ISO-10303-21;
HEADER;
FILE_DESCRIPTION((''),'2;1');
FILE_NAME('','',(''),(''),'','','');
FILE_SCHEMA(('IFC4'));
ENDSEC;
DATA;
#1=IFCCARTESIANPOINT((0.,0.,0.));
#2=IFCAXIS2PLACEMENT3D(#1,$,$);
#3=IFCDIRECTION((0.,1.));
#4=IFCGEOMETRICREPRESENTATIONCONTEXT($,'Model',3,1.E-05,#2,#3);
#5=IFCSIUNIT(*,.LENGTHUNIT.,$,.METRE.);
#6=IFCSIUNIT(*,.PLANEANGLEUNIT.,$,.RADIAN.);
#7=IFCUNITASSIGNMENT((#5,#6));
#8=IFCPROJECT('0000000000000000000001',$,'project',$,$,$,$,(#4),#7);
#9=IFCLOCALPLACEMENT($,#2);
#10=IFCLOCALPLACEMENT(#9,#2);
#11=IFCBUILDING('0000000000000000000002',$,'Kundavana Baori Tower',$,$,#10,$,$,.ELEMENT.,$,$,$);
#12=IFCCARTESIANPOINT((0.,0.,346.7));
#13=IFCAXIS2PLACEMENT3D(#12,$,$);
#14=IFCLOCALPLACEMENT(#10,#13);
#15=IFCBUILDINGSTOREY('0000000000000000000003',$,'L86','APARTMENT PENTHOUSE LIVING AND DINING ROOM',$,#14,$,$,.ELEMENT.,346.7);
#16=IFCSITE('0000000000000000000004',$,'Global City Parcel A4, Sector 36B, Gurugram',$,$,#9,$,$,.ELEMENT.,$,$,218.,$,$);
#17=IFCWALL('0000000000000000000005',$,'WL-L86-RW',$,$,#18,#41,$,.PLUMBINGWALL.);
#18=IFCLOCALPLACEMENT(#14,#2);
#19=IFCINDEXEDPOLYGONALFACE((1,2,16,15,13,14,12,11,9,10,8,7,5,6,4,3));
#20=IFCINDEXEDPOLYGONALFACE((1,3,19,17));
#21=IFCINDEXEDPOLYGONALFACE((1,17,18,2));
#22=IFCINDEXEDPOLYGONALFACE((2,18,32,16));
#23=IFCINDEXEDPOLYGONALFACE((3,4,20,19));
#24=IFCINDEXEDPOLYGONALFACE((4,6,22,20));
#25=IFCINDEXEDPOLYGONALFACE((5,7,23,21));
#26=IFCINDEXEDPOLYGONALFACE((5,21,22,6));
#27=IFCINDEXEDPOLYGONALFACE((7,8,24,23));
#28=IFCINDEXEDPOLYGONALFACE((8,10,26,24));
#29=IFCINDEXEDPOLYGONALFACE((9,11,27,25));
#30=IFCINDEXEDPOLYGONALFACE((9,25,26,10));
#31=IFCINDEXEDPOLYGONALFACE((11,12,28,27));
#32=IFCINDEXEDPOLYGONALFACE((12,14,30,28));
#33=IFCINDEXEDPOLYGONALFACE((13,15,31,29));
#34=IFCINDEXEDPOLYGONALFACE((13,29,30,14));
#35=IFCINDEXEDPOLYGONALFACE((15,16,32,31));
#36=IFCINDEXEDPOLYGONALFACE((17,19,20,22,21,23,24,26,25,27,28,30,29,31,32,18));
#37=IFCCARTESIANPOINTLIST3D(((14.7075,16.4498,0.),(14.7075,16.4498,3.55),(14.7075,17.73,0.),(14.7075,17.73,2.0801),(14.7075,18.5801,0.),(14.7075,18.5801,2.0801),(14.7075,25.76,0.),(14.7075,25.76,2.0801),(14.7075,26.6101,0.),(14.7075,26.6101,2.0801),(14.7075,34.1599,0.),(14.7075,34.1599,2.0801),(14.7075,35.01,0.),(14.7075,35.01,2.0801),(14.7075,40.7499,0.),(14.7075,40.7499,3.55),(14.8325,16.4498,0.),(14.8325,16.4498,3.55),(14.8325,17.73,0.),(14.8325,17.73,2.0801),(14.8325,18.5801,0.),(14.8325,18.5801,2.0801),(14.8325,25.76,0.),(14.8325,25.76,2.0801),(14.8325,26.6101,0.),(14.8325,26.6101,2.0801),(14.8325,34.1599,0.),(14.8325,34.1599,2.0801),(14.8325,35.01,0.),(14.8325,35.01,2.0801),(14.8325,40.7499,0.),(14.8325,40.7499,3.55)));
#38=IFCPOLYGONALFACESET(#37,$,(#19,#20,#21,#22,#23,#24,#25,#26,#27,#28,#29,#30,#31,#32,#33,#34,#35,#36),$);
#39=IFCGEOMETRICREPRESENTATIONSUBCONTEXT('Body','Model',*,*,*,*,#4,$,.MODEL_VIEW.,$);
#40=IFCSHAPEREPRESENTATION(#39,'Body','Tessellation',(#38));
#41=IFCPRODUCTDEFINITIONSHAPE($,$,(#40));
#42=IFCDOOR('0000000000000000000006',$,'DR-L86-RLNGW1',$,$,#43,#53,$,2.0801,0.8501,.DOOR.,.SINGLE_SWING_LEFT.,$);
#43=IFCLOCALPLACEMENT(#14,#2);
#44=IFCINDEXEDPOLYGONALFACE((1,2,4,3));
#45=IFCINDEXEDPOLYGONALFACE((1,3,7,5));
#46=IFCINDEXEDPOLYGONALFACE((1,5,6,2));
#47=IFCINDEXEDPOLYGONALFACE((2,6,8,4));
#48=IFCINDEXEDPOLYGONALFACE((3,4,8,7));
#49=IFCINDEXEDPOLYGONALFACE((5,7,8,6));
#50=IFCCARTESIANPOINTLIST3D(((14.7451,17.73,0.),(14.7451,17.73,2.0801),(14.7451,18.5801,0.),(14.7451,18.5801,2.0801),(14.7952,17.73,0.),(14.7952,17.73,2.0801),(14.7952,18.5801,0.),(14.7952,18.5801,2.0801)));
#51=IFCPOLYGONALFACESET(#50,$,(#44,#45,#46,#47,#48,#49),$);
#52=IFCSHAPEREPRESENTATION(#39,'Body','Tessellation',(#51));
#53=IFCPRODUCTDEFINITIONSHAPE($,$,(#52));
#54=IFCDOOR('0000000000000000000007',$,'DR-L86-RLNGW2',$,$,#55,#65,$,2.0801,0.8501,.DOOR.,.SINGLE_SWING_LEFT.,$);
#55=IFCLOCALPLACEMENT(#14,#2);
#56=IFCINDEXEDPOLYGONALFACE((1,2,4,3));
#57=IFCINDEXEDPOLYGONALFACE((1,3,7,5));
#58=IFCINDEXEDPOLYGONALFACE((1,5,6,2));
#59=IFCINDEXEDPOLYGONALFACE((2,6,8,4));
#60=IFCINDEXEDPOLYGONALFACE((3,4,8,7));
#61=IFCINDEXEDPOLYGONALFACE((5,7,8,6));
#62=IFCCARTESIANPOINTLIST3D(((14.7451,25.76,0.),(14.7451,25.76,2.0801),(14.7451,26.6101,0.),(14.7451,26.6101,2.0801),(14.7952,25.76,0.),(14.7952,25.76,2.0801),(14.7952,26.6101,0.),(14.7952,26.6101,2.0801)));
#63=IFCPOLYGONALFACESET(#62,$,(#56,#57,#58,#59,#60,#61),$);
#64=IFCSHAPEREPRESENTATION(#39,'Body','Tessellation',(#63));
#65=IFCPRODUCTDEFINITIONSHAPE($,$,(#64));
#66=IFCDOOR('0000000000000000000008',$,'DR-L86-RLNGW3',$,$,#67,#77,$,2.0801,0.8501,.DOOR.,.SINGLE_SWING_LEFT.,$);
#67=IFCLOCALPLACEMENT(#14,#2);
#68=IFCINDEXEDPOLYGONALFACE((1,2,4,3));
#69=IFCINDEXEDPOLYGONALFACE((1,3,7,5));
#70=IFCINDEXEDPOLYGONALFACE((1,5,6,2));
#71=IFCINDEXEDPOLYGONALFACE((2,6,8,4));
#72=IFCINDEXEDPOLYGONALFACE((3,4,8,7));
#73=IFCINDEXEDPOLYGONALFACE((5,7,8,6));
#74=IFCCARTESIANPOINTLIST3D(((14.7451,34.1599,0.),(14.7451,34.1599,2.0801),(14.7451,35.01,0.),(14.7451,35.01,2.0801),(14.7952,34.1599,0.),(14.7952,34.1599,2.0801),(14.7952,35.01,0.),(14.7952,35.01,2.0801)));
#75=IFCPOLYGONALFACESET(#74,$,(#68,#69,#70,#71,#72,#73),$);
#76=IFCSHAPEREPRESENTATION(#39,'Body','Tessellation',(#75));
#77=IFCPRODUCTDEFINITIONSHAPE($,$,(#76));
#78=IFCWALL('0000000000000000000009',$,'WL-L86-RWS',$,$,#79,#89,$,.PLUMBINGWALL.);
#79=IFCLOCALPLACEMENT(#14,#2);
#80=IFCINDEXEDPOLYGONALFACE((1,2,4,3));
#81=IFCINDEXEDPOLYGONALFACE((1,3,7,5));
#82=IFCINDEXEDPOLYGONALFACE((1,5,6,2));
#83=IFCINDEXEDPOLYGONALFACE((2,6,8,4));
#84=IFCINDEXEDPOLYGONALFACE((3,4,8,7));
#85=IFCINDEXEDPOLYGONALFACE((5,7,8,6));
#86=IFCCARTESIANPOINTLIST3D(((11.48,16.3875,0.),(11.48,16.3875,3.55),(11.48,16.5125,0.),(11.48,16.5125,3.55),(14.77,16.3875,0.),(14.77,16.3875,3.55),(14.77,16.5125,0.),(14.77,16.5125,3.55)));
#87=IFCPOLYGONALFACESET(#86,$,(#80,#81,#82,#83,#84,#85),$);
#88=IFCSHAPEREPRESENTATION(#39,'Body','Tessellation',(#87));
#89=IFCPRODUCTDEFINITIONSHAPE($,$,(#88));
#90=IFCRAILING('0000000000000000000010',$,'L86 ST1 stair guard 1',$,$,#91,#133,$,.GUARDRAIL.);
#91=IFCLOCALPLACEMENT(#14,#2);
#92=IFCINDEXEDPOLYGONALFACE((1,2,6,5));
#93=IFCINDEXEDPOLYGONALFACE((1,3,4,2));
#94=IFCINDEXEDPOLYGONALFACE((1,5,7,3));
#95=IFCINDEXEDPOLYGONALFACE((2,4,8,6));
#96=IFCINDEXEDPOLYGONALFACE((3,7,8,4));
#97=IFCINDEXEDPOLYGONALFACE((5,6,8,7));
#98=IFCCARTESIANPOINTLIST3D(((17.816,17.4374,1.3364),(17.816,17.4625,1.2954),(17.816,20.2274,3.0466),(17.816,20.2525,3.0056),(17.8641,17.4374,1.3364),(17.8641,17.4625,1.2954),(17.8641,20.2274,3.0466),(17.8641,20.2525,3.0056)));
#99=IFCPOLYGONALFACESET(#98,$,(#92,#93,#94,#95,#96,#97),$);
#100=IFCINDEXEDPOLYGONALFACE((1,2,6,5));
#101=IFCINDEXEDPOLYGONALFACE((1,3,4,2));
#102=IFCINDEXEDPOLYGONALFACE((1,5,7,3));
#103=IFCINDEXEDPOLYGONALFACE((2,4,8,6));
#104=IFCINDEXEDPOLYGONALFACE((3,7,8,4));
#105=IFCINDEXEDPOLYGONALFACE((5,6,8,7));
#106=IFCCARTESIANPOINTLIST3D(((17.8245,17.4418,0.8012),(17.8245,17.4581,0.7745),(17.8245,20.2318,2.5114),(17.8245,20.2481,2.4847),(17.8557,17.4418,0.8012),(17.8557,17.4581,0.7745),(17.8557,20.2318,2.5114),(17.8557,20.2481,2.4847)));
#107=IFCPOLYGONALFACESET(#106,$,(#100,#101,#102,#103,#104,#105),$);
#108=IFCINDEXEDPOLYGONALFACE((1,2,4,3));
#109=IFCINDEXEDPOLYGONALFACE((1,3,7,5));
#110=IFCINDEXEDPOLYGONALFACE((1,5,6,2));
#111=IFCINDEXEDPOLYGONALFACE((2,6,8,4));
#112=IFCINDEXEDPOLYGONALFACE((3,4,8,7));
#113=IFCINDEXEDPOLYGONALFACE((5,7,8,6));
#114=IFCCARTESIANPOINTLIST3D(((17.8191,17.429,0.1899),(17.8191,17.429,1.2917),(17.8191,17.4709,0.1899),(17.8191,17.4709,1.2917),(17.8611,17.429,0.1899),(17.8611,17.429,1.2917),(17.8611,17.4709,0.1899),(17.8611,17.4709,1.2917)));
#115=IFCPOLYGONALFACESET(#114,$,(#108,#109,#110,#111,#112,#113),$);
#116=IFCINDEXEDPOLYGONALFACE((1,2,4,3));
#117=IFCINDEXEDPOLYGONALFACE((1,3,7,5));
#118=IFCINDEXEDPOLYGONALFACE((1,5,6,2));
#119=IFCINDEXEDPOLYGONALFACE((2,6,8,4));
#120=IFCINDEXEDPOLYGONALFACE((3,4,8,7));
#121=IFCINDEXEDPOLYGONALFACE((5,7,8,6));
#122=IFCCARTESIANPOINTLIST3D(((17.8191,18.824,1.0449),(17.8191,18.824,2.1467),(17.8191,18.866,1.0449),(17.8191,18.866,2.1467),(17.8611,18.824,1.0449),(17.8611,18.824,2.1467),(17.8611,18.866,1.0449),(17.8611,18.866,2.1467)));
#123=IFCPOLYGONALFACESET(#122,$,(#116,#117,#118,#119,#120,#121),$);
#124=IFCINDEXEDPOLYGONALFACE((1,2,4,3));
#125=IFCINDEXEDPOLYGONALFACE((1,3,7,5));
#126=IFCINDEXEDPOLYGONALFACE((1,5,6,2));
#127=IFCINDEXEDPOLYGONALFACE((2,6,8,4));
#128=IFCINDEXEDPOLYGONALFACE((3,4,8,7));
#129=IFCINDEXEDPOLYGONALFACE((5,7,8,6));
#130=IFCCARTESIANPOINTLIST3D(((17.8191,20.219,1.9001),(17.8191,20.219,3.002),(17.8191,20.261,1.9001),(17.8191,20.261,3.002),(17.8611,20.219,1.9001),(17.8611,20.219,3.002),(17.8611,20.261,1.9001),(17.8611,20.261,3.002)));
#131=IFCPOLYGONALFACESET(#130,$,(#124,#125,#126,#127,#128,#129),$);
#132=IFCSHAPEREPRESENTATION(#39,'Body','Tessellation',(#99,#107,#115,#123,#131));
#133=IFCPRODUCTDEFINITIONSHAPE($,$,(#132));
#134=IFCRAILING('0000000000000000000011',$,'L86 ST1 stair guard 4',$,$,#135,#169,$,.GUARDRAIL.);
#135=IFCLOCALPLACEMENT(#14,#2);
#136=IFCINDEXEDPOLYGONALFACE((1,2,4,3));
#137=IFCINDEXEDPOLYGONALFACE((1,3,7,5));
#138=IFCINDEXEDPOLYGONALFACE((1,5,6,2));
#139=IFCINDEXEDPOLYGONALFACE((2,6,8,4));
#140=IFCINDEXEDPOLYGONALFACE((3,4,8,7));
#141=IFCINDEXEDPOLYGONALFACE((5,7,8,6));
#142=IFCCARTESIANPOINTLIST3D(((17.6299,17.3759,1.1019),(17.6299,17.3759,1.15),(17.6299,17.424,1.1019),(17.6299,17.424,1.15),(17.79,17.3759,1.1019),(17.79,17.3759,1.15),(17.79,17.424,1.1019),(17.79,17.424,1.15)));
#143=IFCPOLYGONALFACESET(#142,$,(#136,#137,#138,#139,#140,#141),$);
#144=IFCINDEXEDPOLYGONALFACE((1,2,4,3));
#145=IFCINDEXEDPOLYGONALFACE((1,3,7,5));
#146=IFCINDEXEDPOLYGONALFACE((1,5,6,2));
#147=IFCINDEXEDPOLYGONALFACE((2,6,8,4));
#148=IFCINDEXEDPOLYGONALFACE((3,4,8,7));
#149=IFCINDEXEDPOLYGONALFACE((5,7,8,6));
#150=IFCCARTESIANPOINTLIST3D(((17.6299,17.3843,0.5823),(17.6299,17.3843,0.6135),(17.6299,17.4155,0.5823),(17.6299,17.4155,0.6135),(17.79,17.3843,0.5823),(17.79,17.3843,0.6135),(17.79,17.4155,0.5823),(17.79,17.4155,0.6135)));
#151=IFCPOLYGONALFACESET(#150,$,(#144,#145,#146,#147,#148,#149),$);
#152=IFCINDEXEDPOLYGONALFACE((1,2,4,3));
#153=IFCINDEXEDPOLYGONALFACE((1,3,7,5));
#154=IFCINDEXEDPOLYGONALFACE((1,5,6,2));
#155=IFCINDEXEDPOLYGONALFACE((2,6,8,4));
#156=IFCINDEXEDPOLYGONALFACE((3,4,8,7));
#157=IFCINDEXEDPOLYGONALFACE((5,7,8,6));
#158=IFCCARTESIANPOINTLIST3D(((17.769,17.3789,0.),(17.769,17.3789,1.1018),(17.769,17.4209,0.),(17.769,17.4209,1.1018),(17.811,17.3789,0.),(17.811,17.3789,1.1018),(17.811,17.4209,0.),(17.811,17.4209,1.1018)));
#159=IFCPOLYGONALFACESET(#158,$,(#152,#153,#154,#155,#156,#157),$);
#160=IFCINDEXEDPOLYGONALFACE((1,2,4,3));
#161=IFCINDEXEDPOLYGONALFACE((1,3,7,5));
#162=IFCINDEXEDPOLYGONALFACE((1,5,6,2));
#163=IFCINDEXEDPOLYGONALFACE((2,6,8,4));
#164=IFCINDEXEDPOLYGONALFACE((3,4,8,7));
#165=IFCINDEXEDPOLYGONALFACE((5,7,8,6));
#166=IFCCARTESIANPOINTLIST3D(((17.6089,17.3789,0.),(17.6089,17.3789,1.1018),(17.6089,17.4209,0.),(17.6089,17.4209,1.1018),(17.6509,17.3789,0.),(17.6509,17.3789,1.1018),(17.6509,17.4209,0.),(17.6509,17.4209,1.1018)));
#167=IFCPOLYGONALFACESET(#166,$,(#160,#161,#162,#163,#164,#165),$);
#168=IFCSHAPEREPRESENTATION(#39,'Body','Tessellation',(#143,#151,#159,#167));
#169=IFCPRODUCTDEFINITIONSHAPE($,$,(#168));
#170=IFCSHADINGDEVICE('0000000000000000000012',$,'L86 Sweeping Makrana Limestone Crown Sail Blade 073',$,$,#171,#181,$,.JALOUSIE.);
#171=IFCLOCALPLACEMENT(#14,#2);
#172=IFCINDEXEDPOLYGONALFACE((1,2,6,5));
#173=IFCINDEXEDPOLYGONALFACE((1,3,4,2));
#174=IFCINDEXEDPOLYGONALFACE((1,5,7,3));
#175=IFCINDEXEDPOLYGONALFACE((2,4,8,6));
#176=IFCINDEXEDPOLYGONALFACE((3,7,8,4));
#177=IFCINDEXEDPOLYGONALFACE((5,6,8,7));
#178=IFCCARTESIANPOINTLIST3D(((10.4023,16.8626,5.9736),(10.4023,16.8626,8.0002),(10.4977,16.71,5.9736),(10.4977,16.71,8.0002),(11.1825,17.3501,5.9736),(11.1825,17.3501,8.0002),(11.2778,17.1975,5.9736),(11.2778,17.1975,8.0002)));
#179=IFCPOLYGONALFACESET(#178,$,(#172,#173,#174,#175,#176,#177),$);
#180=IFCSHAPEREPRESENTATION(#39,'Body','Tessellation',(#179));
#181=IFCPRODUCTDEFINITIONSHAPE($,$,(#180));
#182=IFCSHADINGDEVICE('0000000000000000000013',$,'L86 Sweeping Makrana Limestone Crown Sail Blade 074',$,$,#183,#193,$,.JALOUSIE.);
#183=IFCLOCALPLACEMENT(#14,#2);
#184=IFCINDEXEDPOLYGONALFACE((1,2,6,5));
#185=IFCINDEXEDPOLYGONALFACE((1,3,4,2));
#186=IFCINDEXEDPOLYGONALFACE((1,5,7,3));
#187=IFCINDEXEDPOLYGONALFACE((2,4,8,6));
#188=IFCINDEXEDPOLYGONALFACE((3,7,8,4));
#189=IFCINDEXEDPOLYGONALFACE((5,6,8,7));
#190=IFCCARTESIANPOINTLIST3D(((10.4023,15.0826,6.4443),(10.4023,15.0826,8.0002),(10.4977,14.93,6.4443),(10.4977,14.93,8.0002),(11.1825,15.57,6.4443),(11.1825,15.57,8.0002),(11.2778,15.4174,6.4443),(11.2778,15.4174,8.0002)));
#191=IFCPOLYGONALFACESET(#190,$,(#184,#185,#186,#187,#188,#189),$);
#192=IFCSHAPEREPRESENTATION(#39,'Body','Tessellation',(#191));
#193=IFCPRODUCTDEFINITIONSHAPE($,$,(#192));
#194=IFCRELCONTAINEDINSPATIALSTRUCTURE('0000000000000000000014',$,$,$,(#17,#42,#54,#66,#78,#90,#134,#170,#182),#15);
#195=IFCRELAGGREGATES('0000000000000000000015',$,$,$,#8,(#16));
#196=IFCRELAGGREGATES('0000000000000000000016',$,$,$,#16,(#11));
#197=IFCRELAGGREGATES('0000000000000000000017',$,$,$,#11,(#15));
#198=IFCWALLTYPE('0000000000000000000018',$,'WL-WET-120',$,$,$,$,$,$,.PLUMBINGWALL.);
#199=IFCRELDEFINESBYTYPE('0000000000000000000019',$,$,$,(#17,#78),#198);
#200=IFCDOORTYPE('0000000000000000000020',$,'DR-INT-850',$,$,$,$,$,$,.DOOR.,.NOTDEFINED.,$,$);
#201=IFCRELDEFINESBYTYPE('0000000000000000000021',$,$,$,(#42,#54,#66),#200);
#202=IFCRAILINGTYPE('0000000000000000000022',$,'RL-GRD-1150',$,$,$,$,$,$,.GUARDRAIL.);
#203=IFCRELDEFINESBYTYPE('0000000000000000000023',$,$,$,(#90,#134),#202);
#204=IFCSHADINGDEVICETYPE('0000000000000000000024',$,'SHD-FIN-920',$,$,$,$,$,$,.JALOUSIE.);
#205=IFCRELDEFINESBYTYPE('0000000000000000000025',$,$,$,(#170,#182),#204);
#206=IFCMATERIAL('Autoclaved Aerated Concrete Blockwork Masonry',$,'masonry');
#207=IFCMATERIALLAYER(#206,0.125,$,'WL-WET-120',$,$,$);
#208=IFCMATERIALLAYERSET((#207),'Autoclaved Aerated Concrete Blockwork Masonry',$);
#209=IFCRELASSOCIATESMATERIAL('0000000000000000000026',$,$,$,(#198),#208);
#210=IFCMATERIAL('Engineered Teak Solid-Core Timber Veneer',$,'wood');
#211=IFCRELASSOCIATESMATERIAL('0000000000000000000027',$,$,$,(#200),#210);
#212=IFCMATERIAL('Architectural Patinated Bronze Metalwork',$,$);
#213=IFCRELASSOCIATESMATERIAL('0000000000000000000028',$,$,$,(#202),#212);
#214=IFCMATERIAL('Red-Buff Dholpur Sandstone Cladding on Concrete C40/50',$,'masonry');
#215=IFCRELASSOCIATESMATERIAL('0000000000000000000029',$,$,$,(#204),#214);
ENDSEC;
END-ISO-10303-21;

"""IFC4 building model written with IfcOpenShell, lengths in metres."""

from ifc_helpers import new_model, si_unit, direction, frame, frame_2d, origin, origin_2d, place, context, subcontext, project, spatial, rectangle, extrude, material, layer, layer_set, type_object, element, fill, save


model = new_model("IFC4")

# Units and contexts
model_context = context("Model", 3, precision=1e-05, world=origin(), true_north=direction((0.0, 1.0)))
body_context = subcontext(model_context, "Body", "Model", "MODEL_VIEW")
ifc_project = project(units=[si_unit("LENGTHUNIT", "METRE"), si_unit("PLANEANGLEUNIT", "RADIAN")], contexts=[model_context])

# Site, building, storey
site_placement = place(None, origin())
site = spatial("IfcSite", under=ifc_project, at=site_placement, Name="Global City Parcel A4, Sector 36B, Gurugram", CompositionType="ELEMENT", RefElevation=218.0)
building_placement = place(site_placement, origin())
building = spatial("IfcBuilding", under=site, at=building_placement, Name="Kundavana Baori Tower", CompositionType="ELEMENT")
storey_placement = place(building_placement, frame((0.0, 0.0, 346.7)))
storey = spatial("IfcBuildingStorey", under=building, at=storey_placement, Name="L86", Description="APARTMENT PENTHOUSE LIVING AND DINING ROOM", CompositionType="ELEMENT", Elevation=346.7)

# Shared definitions
ifc_material_1 = material(Name="Autoclaved Aerated Concrete Blockwork Masonry", Category="masonry")
ifc_layer_1 = layer(ifc_material_1, 0.125, Name="WL-WET-120")
ifc_layer_set_1 = layer_set([ifc_layer_1], Name="Autoclaved Aerated Concrete Blockwork Masonry")
wall_type_1 = type_object("IfcWallType", Name="WL-WET-120", PredefinedType="PLUMBINGWALL", material=ifc_layer_set_1)

# Wall, openings, doors
wall_1_placement = place(storey_placement, frame((14.77, 16.45, 0.0), z_axis=(0.0, 0.0, 1.0), x_axis=(0.0, 1.0, 0.0)))
wall_1 = element("IfcWall", 1, at=wall_1_placement, inside=storey, type_object=wall_type_1, Name="WL-L86-RW", PredefinedType="PLUMBINGWALL", context=body_context, shape_type="SweptSolid", body=[
    extrude(rectangle(XDim=24.3, YDim=0.125, at=frame_2d((12.1499, 0.0))), origin(), (0.0, 0.0, 1.0), 3.55),
])
opening_1_placement = place(wall_1_placement, frame((1.28, 0.0, 0.0)))
opening_1 = element("IfcOpeningElement", 2, at=opening_1_placement, cuts=wall_1, PredefinedType="OPENING", context=body_context, shape_type="SweptSolid", body=[
    extrude(rectangle(XDim=0.8501, YDim=2.0801, at=frame_2d((0.425, 1.04))), frame((0.0, 0.0725, 0.0), z_axis=(0.0, -1.0, 0.0), x_axis=(1.0, 0.0, 0.0)), (0.0, 0.0, 1.0), 0.145),
])
opening_2_placement = place(wall_1_placement, frame((9.3101, 0.0, 0.0)))
opening_2 = element("IfcOpeningElement", 3, at=opening_2_placement, cuts=wall_1, PredefinedType="OPENING", context=body_context, shape_type="SweptSolid", body=[
    extrude(rectangle(XDim=0.8501, YDim=2.0801, at=frame_2d((0.425, 1.04))), frame((0.0, 0.0725, 0.0), z_axis=(0.0, -1.0, 0.0), x_axis=(1.0, 0.0, 0.0)), (0.0, 0.0, 1.0), 0.145),
])
opening_3_placement = place(wall_1_placement, frame((17.71, 0.0, 0.0)))
opening_3 = element("IfcOpeningElement", 4, at=opening_3_placement, cuts=wall_1, PredefinedType="OPENING", context=body_context, shape_type="SweptSolid", body=[
    extrude(rectangle(XDim=0.8501, YDim=2.0801, at=frame_2d((0.425, 1.04))), frame((0.0, 0.0725, 0.0), z_axis=(0.0, -1.0, 0.0), x_axis=(1.0, 0.0, 0.0)), (0.0, 0.0, 1.0), 0.145),
])
ifc_material_2 = material(Name="Engineered Teak Solid-Core Timber Veneer", Category="wood")
door_type_1 = type_object("IfcDoorType", Name="DR-INT-850", OperationType="NOTDEFINED", PredefinedType="DOOR", material=ifc_material_2)
door_1_placement = place(opening_1_placement, origin())
door_1 = element("IfcDoor", 5, at=door_1_placement, inside=storey, type_object=door_type_1, Name="DR-L86-RLNGW1", OperationType="SINGLE_SWING_LEFT", OverallHeight=2.0801, OverallWidth=0.8501, PredefinedType="DOOR", context=body_context, shape_type="SweptSolid", body=[
    extrude(rectangle(XDim=0.8501, YDim=2.0801, at=frame_2d((0.425, 1.04))), frame((0.0, 0.0249, 0.0), z_axis=(0.0, -1.0, 0.0), x_axis=(1.0, 0.0, 0.0)), (0.0, 0.0, 1.0), 0.05),
])
fill(opening_1, door_1)
door_2_placement = place(opening_2_placement, origin())
door_2 = element("IfcDoor", 6, at=door_2_placement, inside=storey, type_object=door_type_1, Name="DR-L86-RLNGW2", OperationType="SINGLE_SWING_LEFT", OverallHeight=2.0801, OverallWidth=0.8501, PredefinedType="DOOR", context=body_context, shape_type="SweptSolid", body=[
    extrude(rectangle(XDim=0.8501, YDim=2.0801, at=frame_2d((0.425, 1.04))), frame((0.0, 0.0249, 0.0), z_axis=(0.0, -1.0, 0.0), x_axis=(1.0, 0.0, 0.0)), (0.0, 0.0, 1.0), 0.05),
])
fill(opening_2, door_2)
door_3_placement = place(opening_3_placement, origin())
door_3 = element("IfcDoor", 7, at=door_3_placement, inside=storey, type_object=door_type_1, Name="DR-L86-RLNGW3", OperationType="SINGLE_SWING_LEFT", OverallHeight=2.0801, OverallWidth=0.8501, PredefinedType="DOOR", context=body_context, shape_type="SweptSolid", body=[
    extrude(rectangle(XDim=0.8501, YDim=2.0801, at=frame_2d((0.425, 1.04))), frame((0.0, 0.0249, 0.0), z_axis=(0.0, -1.0, 0.0), x_axis=(1.0, 0.0, 0.0)), (0.0, 0.0, 1.0), 0.05),
])
fill(opening_3, door_3)

# Wall
wall_2_placement = place(storey_placement, frame((11.48, 16.45, 0.0), z_axis=(0.0, 0.0, 1.0), x_axis=(1.0, 0.0, 0.0)))
element("IfcWall", 8, at=wall_2_placement, inside=storey, type_object=wall_type_1, Name="WL-L86-RWS", PredefinedType="PLUMBINGWALL", context=body_context, shape_type="SweptSolid", body=[
    extrude(rectangle(XDim=3.29, YDim=0.125, at=frame_2d((1.645, 0.0))), origin(), (0.0, 0.0, 1.0), 3.55),
])

# Railings
ifc_material_3 = material(Name="Architectural Patinated Bronze Metalwork")
railing_type = type_object("IfcRailingType", Name="RL-GRD-1150", PredefinedType="GUARDRAIL", material=ifc_material_3)
railing_1_placement = place(storey_placement, frame((17.8401, 17.45, 0.1899)))
element("IfcRailing", 9, at=railing_1_placement, inside=storey, type_object=railing_type, Name="L86 ST1 stair guard 1", PredefinedType="GUARDRAIL", context=body_context, shape_type="SweptSolid", body=[
    extrude(rectangle(XDim=0.0481, YDim=0.0481, at=origin_2d()), frame((0.0, 0.0, 1.126), z_axis=(0.0, 0.852577, 0.522602), x_axis=(-1.0, 0.0, 0.0)), (0.0, 0.0, 1.0), 3.2725),
    extrude(rectangle(XDim=0.0312, YDim=0.0312, at=origin_2d()), frame((0.0, 0.0, 0.5979), z_axis=(0.0, 0.852577, 0.522602), x_axis=(-1.0, 0.0, 0.0)), (0.0, 0.0, 1.0), 3.2725),
    extrude(rectangle(XDim=0.042, YDim=0.042, at=origin_2d()), origin(), (0.0, 0.0, 1.0), 1.1018),
    extrude(rectangle(XDim=0.042, YDim=0.042, at=origin_2d()), frame((0.0, 1.395, 0.855)), (0.0, 0.0, 1.0), 1.1018),
    extrude(rectangle(XDim=0.042, YDim=0.042, at=origin_2d()), frame((0.0, 2.79, 1.7102)), (0.0, 0.0, 1.0), 1.1018),
])
railing_2_placement = place(storey_placement, frame((17.79, 17.3999, 0.0)))
element("IfcRailing", 10, at=railing_2_placement, inside=storey, type_object=railing_type, Name="L86 ST1 stair guard 4", PredefinedType="GUARDRAIL", context=body_context, shape_type="SweptSolid", body=[
    extrude(rectangle(XDim=0.0481, YDim=0.0481, at=origin_2d()), frame((0.0, 0.0, 1.126), z_axis=(-1.0, 0.0, 0.0), x_axis=(0.0, -1.0, 0.0)), (0.0, 0.0, 1.0), 0.1602),
    extrude(rectangle(XDim=0.0312, YDim=0.0312, at=origin_2d()), frame((0.0, 0.0, 0.5979), z_axis=(-1.0, 0.0, 0.0), x_axis=(0.0, -1.0, 0.0)), (0.0, 0.0, 1.0), 0.1602),
    extrude(rectangle(XDim=0.042, YDim=0.042, at=origin_2d()), origin(), (0.0, 0.0, 1.0), 1.1018),
    extrude(rectangle(XDim=0.042, YDim=0.042, at=origin_2d()), frame((-0.1602, 0.0, 0.0)), (0.0, 0.0, 1.0), 1.1018),
])

# Shading devices
ifc_material_4 = material(Name="Red-Buff Dholpur Sandstone Cladding on Concrete C40/50", Category="masonry")
shading_device_type = type_object("IfcShadingDeviceType", Name="SHD-FIN-920", PredefinedType="JALOUSIE", material=ifc_material_4)
shading_device_1_placement = place(storey_placement, frame((10.8401, 17.03, 5.9736), z_axis=(0.0, 0.0, 1.0), x_axis=(-0.529919, 0.848048, 0.0)))
element("IfcShadingDevice", 11, at=shading_device_1_placement, inside=storey, type_object=shading_device_type, Name="L86 Sweeping Makrana Limestone Crown Sail Blade 073", PredefinedType="JALOUSIE", context=body_context, shape_type="SweptSolid", body=[
    extrude(rectangle(XDim=0.1799, YDim=0.9199, at=origin_2d()), origin(), (0.0, 0.0, 1.0), 2.0266),
])
shading_device_2_placement = place(storey_placement, frame((10.8401, 15.25, 6.4443), z_axis=(0.0, 0.0, 1.0), x_axis=(-0.529919, 0.848048, 0.0)))
element("IfcShadingDevice", 12, at=shading_device_2_placement, inside=storey, type_object=shading_device_type, Name="L86 Sweeping Makrana Limestone Crown Sail Blade 074", PredefinedType="JALOUSIE", context=body_context, shape_type="SweptSolid", body=[
    extrude(rectangle(XDim=0.1799, YDim=0.9199, at=origin_2d()), origin(), (0.0, 0.0, 1.0), 1.5559),
])

save(model, "model.ifc")
